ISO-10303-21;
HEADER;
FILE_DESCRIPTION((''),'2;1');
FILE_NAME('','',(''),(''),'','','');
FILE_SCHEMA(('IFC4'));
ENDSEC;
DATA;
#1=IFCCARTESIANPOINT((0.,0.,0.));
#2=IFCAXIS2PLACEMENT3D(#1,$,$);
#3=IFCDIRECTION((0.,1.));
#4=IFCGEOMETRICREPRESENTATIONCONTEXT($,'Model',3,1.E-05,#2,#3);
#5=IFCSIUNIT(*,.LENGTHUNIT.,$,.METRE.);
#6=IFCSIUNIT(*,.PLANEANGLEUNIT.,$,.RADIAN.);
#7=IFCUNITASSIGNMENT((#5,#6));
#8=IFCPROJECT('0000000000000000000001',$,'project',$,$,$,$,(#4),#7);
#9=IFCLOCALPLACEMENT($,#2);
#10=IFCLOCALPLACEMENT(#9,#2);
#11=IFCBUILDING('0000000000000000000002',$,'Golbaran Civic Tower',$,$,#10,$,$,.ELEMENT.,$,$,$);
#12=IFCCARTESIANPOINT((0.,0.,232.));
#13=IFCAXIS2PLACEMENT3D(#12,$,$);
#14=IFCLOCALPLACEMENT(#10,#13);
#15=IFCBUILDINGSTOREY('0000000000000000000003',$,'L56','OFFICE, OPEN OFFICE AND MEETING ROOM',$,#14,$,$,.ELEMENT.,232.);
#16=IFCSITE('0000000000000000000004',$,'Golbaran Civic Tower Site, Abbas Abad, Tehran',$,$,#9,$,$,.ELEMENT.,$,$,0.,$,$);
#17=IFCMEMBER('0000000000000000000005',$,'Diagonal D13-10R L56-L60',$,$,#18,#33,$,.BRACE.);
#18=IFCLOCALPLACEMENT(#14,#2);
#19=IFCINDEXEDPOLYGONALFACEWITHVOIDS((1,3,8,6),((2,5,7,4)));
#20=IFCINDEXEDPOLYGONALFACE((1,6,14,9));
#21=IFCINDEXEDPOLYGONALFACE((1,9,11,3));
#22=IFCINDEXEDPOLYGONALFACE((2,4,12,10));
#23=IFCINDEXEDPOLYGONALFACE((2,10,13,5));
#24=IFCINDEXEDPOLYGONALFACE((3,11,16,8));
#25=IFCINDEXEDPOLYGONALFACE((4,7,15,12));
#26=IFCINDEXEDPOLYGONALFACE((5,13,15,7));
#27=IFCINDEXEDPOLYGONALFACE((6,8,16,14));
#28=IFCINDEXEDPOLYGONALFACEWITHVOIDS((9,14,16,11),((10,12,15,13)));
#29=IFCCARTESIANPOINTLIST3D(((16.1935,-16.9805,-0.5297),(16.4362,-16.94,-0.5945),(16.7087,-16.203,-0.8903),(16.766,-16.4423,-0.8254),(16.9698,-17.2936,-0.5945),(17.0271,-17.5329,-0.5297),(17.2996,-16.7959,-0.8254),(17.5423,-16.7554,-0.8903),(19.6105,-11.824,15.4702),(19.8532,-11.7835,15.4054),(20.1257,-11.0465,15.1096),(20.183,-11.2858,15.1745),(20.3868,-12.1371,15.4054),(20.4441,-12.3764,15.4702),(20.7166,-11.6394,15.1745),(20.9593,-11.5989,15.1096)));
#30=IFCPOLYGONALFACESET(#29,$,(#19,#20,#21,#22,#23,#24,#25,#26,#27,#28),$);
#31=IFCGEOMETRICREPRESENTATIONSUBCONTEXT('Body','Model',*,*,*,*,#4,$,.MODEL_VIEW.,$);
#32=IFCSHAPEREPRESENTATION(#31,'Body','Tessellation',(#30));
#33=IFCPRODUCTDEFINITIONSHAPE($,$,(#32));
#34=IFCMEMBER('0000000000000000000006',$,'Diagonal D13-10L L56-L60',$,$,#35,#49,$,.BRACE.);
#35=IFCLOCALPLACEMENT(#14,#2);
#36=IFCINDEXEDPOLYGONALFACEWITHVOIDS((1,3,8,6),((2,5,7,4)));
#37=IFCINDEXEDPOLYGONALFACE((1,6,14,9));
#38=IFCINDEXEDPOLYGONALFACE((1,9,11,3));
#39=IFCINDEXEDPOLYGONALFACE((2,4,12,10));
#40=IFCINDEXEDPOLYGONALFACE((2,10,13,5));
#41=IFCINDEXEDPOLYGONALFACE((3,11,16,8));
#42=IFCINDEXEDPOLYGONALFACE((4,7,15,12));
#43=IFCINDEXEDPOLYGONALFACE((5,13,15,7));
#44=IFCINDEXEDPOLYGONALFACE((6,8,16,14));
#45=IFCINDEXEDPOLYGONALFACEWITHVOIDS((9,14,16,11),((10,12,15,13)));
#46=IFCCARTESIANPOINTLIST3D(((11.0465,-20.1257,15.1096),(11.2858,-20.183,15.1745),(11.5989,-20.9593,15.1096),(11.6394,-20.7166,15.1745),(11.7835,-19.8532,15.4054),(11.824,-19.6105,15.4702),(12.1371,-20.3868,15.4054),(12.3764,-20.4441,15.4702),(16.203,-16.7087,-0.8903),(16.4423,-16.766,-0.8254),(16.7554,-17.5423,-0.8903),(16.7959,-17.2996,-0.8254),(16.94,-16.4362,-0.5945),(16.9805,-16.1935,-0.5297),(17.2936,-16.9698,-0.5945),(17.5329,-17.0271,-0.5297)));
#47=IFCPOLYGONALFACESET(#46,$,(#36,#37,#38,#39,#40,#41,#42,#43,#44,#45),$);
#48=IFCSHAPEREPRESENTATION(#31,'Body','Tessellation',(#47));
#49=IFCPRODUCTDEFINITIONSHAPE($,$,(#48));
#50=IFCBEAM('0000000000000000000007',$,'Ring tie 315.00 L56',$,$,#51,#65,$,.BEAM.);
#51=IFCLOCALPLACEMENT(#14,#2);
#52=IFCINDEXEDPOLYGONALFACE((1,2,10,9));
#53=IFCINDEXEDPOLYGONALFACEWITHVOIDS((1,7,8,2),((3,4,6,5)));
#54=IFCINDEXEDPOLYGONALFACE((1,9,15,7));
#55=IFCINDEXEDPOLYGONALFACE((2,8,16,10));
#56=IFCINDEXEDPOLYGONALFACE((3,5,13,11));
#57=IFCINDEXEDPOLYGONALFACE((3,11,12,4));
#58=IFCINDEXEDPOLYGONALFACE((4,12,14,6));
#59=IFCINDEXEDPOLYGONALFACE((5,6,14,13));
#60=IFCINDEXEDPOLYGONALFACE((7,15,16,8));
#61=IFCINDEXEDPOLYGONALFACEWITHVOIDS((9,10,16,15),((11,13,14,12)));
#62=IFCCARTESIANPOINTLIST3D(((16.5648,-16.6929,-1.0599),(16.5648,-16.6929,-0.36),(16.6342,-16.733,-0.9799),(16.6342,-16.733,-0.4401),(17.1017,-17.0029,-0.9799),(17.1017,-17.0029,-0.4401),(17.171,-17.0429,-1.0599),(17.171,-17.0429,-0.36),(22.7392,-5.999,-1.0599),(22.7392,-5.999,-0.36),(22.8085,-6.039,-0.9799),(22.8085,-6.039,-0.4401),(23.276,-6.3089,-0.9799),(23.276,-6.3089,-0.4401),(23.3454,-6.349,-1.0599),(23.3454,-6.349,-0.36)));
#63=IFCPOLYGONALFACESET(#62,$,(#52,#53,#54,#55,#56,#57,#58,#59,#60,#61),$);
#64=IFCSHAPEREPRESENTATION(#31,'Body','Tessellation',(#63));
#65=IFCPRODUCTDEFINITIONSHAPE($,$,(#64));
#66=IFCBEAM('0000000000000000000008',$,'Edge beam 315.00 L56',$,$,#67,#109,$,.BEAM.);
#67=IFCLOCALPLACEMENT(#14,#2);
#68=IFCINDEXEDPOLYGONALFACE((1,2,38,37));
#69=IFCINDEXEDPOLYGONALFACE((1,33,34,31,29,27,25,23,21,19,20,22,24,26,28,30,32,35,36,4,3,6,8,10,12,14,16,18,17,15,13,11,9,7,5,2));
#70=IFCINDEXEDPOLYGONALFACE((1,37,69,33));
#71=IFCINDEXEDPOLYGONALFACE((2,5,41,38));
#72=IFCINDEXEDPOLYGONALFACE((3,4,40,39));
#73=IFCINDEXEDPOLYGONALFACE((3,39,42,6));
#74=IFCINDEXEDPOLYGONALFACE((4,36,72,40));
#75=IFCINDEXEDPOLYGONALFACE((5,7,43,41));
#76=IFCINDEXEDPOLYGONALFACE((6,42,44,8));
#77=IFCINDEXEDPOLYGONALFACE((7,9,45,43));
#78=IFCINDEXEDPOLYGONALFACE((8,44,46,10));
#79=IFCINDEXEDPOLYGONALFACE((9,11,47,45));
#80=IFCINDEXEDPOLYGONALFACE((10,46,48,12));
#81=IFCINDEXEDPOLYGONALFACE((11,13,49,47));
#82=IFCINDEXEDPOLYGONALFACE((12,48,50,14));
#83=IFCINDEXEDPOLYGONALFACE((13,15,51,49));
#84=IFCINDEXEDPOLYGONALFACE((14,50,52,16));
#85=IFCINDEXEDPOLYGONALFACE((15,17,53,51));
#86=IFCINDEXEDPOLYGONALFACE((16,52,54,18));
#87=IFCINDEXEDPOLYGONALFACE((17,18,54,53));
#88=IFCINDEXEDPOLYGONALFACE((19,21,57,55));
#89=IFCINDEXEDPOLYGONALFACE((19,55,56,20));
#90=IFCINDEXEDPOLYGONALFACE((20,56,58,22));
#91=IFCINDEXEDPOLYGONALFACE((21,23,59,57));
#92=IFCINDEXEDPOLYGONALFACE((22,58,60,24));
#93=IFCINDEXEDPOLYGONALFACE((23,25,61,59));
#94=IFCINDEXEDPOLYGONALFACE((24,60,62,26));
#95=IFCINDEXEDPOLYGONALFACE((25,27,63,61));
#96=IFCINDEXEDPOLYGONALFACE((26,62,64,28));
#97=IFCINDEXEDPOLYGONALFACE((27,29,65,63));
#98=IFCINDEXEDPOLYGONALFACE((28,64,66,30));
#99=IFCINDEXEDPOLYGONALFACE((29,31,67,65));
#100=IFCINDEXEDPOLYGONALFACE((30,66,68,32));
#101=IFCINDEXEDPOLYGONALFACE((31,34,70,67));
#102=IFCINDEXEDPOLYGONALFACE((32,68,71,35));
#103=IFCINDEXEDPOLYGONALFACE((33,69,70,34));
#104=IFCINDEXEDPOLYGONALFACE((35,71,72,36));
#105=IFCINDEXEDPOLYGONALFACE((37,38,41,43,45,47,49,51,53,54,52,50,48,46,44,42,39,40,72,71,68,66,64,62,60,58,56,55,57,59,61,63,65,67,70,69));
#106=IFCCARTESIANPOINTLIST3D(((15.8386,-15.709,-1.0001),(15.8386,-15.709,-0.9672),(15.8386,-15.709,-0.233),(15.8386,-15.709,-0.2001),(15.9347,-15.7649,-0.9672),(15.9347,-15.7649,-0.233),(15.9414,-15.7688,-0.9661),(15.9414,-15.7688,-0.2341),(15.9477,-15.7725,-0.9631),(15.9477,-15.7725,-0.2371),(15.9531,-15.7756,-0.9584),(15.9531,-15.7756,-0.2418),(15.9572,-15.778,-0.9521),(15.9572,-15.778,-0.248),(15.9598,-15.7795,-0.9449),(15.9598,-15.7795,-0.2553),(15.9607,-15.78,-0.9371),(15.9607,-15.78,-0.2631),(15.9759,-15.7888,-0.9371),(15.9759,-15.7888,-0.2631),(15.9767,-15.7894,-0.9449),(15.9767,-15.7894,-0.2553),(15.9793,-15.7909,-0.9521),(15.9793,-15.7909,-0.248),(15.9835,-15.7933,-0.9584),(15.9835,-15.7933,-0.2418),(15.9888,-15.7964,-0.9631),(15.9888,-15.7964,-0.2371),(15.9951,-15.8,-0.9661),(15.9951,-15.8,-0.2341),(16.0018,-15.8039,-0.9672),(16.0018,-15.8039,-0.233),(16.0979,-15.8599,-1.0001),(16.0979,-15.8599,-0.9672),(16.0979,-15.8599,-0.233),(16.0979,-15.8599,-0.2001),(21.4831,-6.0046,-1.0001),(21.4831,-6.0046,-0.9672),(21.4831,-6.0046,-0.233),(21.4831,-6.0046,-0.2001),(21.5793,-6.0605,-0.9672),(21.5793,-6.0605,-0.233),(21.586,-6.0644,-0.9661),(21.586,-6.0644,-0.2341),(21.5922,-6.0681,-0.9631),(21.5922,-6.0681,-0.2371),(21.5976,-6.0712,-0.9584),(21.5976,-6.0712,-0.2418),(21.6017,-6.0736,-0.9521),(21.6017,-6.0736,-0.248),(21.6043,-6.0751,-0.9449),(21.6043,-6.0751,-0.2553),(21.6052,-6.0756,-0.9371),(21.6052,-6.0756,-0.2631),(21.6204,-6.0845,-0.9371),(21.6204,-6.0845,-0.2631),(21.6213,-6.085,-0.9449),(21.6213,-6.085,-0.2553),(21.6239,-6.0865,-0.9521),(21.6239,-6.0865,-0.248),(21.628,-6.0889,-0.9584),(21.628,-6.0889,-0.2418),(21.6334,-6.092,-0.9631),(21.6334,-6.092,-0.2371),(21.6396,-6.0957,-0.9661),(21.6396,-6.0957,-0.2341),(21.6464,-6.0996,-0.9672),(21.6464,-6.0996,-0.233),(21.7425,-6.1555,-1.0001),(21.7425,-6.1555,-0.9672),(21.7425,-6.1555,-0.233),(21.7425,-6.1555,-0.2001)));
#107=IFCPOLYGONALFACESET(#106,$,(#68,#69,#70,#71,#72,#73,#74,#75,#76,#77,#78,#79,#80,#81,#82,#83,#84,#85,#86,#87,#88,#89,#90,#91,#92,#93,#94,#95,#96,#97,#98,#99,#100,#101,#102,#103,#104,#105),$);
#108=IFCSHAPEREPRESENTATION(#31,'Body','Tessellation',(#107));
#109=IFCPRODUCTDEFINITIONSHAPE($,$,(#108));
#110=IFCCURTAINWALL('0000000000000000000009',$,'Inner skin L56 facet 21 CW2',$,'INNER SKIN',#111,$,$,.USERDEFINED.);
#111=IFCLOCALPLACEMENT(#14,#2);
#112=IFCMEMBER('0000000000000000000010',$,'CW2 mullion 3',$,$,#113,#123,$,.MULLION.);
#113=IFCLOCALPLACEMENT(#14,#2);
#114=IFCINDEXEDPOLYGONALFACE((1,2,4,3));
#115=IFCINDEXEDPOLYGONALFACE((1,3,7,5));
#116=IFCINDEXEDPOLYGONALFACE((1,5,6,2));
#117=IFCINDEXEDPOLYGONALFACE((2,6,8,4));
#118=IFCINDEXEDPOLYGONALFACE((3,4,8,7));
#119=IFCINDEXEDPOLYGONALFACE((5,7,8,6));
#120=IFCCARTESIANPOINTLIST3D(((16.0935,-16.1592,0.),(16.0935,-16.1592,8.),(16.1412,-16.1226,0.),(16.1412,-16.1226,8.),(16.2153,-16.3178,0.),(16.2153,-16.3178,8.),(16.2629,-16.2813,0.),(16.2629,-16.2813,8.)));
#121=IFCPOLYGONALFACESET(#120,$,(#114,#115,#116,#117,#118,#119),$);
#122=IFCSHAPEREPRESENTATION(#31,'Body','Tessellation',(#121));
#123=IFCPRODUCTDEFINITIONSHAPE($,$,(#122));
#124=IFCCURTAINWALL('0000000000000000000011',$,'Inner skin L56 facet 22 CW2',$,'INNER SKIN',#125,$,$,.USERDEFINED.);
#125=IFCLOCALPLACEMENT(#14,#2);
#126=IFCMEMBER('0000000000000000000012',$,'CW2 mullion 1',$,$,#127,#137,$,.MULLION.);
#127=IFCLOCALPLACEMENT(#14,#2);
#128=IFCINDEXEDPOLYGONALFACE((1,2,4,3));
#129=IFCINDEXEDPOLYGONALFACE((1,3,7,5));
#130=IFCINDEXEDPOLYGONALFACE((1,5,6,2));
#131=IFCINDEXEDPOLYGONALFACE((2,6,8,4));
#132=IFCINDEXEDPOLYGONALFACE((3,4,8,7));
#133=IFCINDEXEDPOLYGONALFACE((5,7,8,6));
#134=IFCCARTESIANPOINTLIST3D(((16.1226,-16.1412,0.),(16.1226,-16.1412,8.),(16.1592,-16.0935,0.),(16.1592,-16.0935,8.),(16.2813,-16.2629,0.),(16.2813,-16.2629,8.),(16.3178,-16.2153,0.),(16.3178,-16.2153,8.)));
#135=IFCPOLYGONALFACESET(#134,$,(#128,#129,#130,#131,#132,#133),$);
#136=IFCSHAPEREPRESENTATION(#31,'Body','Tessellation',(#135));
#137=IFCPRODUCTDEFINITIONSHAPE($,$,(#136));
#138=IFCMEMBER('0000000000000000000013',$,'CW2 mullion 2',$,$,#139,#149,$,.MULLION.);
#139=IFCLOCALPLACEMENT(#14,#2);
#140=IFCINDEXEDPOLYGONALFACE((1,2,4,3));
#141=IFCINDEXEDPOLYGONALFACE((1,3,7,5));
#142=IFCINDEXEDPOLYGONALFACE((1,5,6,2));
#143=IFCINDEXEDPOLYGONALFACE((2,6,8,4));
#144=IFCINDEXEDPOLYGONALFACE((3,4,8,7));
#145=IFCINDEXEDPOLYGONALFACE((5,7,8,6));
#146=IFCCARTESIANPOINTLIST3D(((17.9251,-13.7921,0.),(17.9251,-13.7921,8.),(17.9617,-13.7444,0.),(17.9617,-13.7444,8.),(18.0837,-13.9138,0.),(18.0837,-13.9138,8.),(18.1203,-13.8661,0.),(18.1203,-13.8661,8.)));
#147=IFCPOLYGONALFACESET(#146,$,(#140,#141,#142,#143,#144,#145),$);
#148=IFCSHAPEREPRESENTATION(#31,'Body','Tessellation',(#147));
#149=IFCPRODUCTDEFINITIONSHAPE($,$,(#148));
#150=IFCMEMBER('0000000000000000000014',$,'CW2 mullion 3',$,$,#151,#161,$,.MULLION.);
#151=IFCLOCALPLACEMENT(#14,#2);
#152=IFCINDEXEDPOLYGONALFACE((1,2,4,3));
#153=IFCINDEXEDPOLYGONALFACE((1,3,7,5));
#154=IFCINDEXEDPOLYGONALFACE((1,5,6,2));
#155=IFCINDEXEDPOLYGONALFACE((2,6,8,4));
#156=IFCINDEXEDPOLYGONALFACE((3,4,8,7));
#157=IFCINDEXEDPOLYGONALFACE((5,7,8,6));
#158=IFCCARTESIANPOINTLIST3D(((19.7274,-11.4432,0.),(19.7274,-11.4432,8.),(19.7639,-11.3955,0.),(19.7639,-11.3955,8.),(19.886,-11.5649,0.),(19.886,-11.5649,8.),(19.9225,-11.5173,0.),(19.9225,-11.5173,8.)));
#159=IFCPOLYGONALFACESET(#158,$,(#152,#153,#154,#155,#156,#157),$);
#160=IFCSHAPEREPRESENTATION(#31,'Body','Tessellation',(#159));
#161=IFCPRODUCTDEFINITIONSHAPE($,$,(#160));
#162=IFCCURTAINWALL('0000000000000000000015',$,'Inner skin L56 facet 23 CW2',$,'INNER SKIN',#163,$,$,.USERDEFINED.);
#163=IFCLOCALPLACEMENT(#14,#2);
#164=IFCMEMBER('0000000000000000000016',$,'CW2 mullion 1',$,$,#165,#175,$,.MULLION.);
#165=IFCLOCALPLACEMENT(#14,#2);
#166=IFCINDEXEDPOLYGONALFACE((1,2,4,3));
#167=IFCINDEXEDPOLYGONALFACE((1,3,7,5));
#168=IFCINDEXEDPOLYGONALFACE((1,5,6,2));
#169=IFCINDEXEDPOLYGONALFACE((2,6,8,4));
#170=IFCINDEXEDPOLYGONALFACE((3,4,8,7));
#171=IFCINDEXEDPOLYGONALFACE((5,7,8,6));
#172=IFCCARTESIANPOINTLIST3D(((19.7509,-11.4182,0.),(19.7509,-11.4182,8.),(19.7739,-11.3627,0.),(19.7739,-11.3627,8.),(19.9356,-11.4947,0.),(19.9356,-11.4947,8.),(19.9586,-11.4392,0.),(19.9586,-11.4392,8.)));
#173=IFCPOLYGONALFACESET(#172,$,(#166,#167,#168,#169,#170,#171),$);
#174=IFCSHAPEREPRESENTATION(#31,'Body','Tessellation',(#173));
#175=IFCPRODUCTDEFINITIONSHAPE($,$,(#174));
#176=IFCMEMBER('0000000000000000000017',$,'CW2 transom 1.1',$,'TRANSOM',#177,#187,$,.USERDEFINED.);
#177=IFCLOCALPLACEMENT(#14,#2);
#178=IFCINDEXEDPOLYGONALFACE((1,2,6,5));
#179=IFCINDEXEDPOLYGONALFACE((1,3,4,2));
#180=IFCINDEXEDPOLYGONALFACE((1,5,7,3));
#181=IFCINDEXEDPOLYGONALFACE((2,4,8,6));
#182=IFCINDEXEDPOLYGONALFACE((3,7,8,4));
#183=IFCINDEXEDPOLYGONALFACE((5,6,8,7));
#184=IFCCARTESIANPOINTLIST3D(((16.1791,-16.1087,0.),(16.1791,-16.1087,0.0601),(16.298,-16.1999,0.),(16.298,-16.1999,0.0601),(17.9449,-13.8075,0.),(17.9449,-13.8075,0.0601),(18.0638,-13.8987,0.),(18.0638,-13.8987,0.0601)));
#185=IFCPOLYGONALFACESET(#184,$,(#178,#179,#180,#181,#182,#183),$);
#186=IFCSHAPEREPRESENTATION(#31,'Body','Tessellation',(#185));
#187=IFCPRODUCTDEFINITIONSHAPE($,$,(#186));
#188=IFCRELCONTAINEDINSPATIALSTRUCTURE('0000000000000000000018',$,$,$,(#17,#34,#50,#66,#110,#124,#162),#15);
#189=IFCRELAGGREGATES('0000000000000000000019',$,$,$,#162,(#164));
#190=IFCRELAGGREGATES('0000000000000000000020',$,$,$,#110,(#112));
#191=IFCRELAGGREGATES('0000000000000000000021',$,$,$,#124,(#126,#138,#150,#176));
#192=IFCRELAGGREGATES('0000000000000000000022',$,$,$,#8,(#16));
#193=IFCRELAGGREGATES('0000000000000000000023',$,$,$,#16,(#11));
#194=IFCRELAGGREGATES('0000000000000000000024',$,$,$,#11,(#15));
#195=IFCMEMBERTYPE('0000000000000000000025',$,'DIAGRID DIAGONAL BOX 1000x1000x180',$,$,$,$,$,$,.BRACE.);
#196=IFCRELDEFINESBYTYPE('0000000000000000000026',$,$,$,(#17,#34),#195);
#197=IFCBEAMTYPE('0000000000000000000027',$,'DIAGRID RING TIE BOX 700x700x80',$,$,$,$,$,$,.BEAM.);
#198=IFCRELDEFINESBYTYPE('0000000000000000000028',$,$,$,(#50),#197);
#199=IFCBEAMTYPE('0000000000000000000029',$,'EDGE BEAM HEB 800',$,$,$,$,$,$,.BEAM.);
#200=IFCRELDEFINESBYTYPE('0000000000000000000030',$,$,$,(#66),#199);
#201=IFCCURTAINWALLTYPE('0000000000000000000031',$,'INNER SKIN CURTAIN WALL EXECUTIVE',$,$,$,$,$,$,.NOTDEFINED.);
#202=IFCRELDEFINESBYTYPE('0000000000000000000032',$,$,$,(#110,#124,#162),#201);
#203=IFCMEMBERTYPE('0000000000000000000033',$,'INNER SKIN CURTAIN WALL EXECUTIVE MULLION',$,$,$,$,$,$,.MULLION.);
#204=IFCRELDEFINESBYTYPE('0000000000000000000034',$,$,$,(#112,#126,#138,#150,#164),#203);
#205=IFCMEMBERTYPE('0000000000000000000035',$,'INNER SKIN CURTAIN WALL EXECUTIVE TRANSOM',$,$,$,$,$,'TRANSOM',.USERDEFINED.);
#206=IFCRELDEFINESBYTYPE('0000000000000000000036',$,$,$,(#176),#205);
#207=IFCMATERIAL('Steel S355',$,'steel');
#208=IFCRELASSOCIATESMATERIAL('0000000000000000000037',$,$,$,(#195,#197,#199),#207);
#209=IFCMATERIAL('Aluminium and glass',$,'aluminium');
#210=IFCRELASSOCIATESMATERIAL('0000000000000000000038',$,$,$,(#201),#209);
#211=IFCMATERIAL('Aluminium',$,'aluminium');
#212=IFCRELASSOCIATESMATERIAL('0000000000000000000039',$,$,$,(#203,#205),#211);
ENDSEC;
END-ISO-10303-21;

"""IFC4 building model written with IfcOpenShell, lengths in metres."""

from ifc_helpers import new_model, si_unit, direction, frame, origin, origin_2d, place, context, subcontext, project, spatial, rectangle, hollow_rectangle, i_section, extrude, material, material_profile, profile_set, type_object, element, aggregate, save


model = new_model("IFC4")

# Units and contexts
model_context = context("Model", 3, precision=1e-05, world=origin(), true_north=direction((0.0, 1.0)))
body_context = subcontext(model_context, "Body", "Model", "MODEL_VIEW")
ifc_project = project(units=[si_unit("LENGTHUNIT", "METRE"), si_unit("PLANEANGLEUNIT", "RADIAN")], contexts=[model_context])

# Site, building, storey
site_placement = place(None, origin())
site = spatial("IfcSite", under=ifc_project, at=site_placement, Name="Golbaran Civic Tower Site, Abbas Abad, Tehran", CompositionType="ELEMENT", RefElevation=0.0)
building_placement = place(site_placement, origin())
building = spatial("IfcBuilding", under=site, at=building_placement, Name="Golbaran Civic Tower", CompositionType="ELEMENT")
storey_placement = place(building_placement, frame((0.0, 0.0, 232.0)))
storey = spatial("IfcBuildingStorey", under=building, at=storey_placement, Name="L56", Description="OFFICE, OPEN OFFICE AND MEETING ROOM", CompositionType="ELEMENT", Elevation=232.0)

# Members
ifc_material_1 = material(Name="Steel S355", Category="steel")
ifc_material_profile_1 = material_profile(ifc_material_1, hollow_rectangle(XDim=1.0, YDim=1.0, WallThickness=0.1799, at=origin_2d()), Name="BOX 1000x1000x180")
ifc_profile_set_1 = profile_set([ifc_material_profile_1], Name="Steel S355")
member_type_1 = type_object("IfcMemberType", Name="DIAGRID DIAGONAL BOX 1000x1000x180", PredefinedType="BRACE", material=ifc_profile_set_1)
for number, where, z_axis, x_axis, name in (
    (1, (16.8679, -16.8679, -0.71), (0.199193, 0.300597, 0.932718), (-0.833589, 0.552385, 0.0), "Diagonal D13-10R L56-L60"),
    (2, (16.8679, -16.8679, -0.71), (-0.300597, -0.199193, 0.932718), (0.552385, -0.833589, 0.0), "Diagonal D13-10L L56-L60"),
):
    element("IfcMember", number, at=place(storey_placement, frame(where, z_axis=z_axis, x_axis=x_axis)), inside=storey, type_object=member_type_1, Name=name, PredefinedType="BRACE", context=body_context, shape_type="SweptSolid", body=[
        extrude(hollow_rectangle(XDim=1.0, YDim=1.0, WallThickness=0.1799, at=origin_2d()), origin(), (0.0, 0.0, 1.0), 17.1541),
    ])

# Beams
ifc_material_profile_2 = material_profile(ifc_material_1, hollow_rectangle(XDim=0.7, YDim=0.7, WallThickness=0.0801, at=origin_2d()), Name="BOX 700x700x80")
ifc_profile_set_2 = profile_set([ifc_material_profile_2], Name="Steel S355")
beam_type_1 = type_object("IfcBeamType", Name="DIAGRID RING TIE BOX 700x700x80", PredefinedType="BEAM", material=ifc_profile_set_2)
beam_1_placement = place(storey_placement, frame((16.8679, -16.8679, -0.71), z_axis=(0.500013, 0.866018, 0.0), x_axis=(-0.866018, 0.500013, 0.0)))
element("IfcBeam", 3, at=beam_1_placement, inside=storey, type_object=beam_type_1, Name="Ring tie 315.00 L56", PredefinedType="BEAM", context=body_context, shape_type="SweptSolid", body=[
    extrude(hollow_rectangle(XDim=0.7, YDim=0.7, WallThickness=0.0801, at=origin_2d()), origin(), (0.0, 0.0, 1.0), 12.3484),
])
ifc_material_profile_3 = material_profile(ifc_material_1, i_section(OverallWidth=0.3, OverallDepth=0.8, WebThickness=0.0176, FlangeThickness=0.033, FilletRadius=0.03, at=origin_2d()), Name="HEB 800")
ifc_profile_set_3 = profile_set([ifc_material_profile_3], Name="Steel S355")
beam_type_2 = type_object("IfcBeamType", Name="EDGE BEAM HEB 800", PredefinedType="BEAM", material=ifc_profile_set_3)
beam_2_placement = place(storey_placement, frame((15.9683, -15.7844, -0.6001), z_axis=(0.502785, 0.864412, 0.0), x_axis=(-0.864412, 0.502785, 0.0)))
element("IfcBeam", 4, at=beam_2_placement, inside=storey, type_object=beam_type_2, Name="Edge beam 315.00 L56", PredefinedType="BEAM", context=body_context, shape_type="SweptSolid", body=[
    extrude(i_section(OverallWidth=0.3, OverallDepth=0.8, WebThickness=0.0176, FlangeThickness=0.033, FilletRadius=0.03, at=origin_2d()), origin(), (0.0, 0.0, 1.0), 11.2266),
])

# Curtain wall, member
ifc_material_2 = material(Name="Aluminium and glass", Category="aluminium")
curtain_wall_type_1 = type_object("IfcCurtainWallType", Name="INNER SKIN CURTAIN WALL EXECUTIVE", PredefinedType="NOTDEFINED", material=ifc_material_2)
curtain_wall_1_placement = place(storey_placement, origin())
curtain_wall_1 = element("IfcCurtainWall", 5, at=curtain_wall_1_placement, inside=storey, type_object=curtain_wall_type_1, Name="Inner skin L56 facet 21 CW2", ObjectType="INNER SKIN", PredefinedType="USERDEFINED")
ifc_material_3 = material(Name="Aluminium", Category="aluminium")
ifc_material_profile_4 = material_profile(ifc_material_3, rectangle(XDim=0.2, YDim=0.0601, at=origin_2d()), Name="INNER SKIN CURTAIN WALL EXECUTIVE MULLION")
ifc_profile_set_4 = profile_set([ifc_material_profile_4], Name="Aluminium")
member_type_2 = type_object("IfcMemberType", Name="INNER SKIN CURTAIN WALL EXECUTIVE MULLION", PredefinedType="MULLION", material=ifc_profile_set_4)
member_1_placement = place(storey_placement, frame((16.1782, -16.2202, 0.0), z_axis=(0.0, 0.0, 1.0), x_axis=(-0.608761, 0.793353, 0.0)))
member_1 = element("IfcMember", 6, at=member_1_placement, type_object=member_type_2, Name="CW2 mullion 3", PredefinedType="MULLION", context=body_context, shape_type="SweptSolid", body=[
    extrude(rectangle(XDim=0.2, YDim=0.0601, at=origin_2d()), origin(), (0.0, 0.0, 1.0), 8.0),
])

# Curtain wall, members
curtain_wall_2_placement = place(storey_placement, origin())
curtain_wall_2 = element("IfcCurtainWall", 7, at=curtain_wall_2_placement, inside=storey, type_object=curtain_wall_type_1, Name="Inner skin L56 facet 22 CW2", ObjectType="INNER SKIN", PredefinedType="USERDEFINED")
member_2_placement = place(storey_placement, frame((16.2202, -16.1782, 0.0), z_axis=(0.0, 0.0, 1.0), x_axis=(-0.793353, 0.608761, 0.0)))
member_2 = element("IfcMember", 8, at=member_2_placement, type_object=member_type_2, Name="CW2 mullion 1", PredefinedType="MULLION", context=body_context, shape_type="SweptSolid", body=[
    extrude(rectangle(XDim=0.2, YDim=0.0601, at=origin_2d()), origin(), (0.0, 0.0, 1.0), 8.0),
])
member_3_placement = place(storey_placement, frame((18.0227, -13.8291, 0.0), z_axis=(0.0, 0.0, 1.0), x_axis=(-0.793353, 0.608761, 0.0)))
member_3 = element("IfcMember", 9, at=member_3_placement, type_object=member_type_2, Name="CW2 mullion 2", PredefinedType="MULLION", context=body_context, shape_type="SweptSolid", body=[
    extrude(rectangle(XDim=0.2, YDim=0.0601, at=origin_2d()), origin(), (0.0, 0.0, 1.0), 8.0),
])
member_4_placement = place(storey_placement, frame((19.825, -11.4802, 0.0), z_axis=(0.0, 0.0, 1.0), x_axis=(-0.793353, 0.608761, 0.0)))
member_4 = element("IfcMember", 10, at=member_4_placement, type_object=member_type_2, Name="CW2 mullion 3", PredefinedType="MULLION", context=body_context, shape_type="SweptSolid", body=[
    extrude(rectangle(XDim=0.2, YDim=0.0601, at=origin_2d()), origin(), (0.0, 0.0, 1.0), 8.0),
])

# Curtain wall, member
curtain_wall_3_placement = place(storey_placement, origin())
curtain_wall_3 = element("IfcCurtainWall", 11, at=curtain_wall_3_placement, inside=storey, type_object=curtain_wall_type_1, Name="Inner skin L56 facet 23 CW2", ObjectType="INNER SKIN", PredefinedType="USERDEFINED")
member_5_placement = place(storey_placement, frame((19.8547, -11.4287, 0.0), z_axis=(0.0, 0.0, 1.0), x_axis=(-0.92388, 0.382683, 0.0)))
member_5 = element("IfcMember", 12, at=member_5_placement, type_object=member_type_2, Name="CW2 mullion 1", PredefinedType="MULLION", context=body_context, shape_type="SweptSolid", body=[
    extrude(rectangle(XDim=0.2, YDim=0.0601, at=origin_2d()), origin(), (0.0, 0.0, 1.0), 8.0),
])

# Member
ifc_material_profile_5 = material_profile(ifc_material_3, rectangle(XDim=0.1499, YDim=0.0601, at=origin_2d()), Name="INNER SKIN CURTAIN WALL EXECUTIVE TRANSOM")
ifc_profile_set_5 = profile_set([ifc_material_profile_5], Name="Aluminium")
member_type_3 = type_object("IfcMemberType", Name="INNER SKIN CURTAIN WALL EXECUTIVE TRANSOM", ElementType="TRANSOM", PredefinedType="USERDEFINED", material=ifc_profile_set_5)
member_6_placement = place(storey_placement, frame((16.2385, -16.1543, 0.03), z_axis=(0.608771, 0.793346, 0.0), x_axis=(-0.793346, 0.608771, 0.0)))
member_6 = element("IfcMember", 13, at=member_6_placement, type_object=member_type_3, Name="CW2 transom 1.1", ObjectType="TRANSOM", PredefinedType="USERDEFINED", context=body_context, shape_type="SweptSolid", body=[
    extrude(rectangle(XDim=0.1499, YDim=0.0601, at=origin_2d()), origin(), (0.0, 0.0, 1.0), 2.9006),
])

aggregate(curtain_wall_3, [member_5])
aggregate(curtain_wall_1, [member_1])
aggregate(curtain_wall_2, [member_2, member_3, member_4, member_6])

save(model, "model.ifc")
